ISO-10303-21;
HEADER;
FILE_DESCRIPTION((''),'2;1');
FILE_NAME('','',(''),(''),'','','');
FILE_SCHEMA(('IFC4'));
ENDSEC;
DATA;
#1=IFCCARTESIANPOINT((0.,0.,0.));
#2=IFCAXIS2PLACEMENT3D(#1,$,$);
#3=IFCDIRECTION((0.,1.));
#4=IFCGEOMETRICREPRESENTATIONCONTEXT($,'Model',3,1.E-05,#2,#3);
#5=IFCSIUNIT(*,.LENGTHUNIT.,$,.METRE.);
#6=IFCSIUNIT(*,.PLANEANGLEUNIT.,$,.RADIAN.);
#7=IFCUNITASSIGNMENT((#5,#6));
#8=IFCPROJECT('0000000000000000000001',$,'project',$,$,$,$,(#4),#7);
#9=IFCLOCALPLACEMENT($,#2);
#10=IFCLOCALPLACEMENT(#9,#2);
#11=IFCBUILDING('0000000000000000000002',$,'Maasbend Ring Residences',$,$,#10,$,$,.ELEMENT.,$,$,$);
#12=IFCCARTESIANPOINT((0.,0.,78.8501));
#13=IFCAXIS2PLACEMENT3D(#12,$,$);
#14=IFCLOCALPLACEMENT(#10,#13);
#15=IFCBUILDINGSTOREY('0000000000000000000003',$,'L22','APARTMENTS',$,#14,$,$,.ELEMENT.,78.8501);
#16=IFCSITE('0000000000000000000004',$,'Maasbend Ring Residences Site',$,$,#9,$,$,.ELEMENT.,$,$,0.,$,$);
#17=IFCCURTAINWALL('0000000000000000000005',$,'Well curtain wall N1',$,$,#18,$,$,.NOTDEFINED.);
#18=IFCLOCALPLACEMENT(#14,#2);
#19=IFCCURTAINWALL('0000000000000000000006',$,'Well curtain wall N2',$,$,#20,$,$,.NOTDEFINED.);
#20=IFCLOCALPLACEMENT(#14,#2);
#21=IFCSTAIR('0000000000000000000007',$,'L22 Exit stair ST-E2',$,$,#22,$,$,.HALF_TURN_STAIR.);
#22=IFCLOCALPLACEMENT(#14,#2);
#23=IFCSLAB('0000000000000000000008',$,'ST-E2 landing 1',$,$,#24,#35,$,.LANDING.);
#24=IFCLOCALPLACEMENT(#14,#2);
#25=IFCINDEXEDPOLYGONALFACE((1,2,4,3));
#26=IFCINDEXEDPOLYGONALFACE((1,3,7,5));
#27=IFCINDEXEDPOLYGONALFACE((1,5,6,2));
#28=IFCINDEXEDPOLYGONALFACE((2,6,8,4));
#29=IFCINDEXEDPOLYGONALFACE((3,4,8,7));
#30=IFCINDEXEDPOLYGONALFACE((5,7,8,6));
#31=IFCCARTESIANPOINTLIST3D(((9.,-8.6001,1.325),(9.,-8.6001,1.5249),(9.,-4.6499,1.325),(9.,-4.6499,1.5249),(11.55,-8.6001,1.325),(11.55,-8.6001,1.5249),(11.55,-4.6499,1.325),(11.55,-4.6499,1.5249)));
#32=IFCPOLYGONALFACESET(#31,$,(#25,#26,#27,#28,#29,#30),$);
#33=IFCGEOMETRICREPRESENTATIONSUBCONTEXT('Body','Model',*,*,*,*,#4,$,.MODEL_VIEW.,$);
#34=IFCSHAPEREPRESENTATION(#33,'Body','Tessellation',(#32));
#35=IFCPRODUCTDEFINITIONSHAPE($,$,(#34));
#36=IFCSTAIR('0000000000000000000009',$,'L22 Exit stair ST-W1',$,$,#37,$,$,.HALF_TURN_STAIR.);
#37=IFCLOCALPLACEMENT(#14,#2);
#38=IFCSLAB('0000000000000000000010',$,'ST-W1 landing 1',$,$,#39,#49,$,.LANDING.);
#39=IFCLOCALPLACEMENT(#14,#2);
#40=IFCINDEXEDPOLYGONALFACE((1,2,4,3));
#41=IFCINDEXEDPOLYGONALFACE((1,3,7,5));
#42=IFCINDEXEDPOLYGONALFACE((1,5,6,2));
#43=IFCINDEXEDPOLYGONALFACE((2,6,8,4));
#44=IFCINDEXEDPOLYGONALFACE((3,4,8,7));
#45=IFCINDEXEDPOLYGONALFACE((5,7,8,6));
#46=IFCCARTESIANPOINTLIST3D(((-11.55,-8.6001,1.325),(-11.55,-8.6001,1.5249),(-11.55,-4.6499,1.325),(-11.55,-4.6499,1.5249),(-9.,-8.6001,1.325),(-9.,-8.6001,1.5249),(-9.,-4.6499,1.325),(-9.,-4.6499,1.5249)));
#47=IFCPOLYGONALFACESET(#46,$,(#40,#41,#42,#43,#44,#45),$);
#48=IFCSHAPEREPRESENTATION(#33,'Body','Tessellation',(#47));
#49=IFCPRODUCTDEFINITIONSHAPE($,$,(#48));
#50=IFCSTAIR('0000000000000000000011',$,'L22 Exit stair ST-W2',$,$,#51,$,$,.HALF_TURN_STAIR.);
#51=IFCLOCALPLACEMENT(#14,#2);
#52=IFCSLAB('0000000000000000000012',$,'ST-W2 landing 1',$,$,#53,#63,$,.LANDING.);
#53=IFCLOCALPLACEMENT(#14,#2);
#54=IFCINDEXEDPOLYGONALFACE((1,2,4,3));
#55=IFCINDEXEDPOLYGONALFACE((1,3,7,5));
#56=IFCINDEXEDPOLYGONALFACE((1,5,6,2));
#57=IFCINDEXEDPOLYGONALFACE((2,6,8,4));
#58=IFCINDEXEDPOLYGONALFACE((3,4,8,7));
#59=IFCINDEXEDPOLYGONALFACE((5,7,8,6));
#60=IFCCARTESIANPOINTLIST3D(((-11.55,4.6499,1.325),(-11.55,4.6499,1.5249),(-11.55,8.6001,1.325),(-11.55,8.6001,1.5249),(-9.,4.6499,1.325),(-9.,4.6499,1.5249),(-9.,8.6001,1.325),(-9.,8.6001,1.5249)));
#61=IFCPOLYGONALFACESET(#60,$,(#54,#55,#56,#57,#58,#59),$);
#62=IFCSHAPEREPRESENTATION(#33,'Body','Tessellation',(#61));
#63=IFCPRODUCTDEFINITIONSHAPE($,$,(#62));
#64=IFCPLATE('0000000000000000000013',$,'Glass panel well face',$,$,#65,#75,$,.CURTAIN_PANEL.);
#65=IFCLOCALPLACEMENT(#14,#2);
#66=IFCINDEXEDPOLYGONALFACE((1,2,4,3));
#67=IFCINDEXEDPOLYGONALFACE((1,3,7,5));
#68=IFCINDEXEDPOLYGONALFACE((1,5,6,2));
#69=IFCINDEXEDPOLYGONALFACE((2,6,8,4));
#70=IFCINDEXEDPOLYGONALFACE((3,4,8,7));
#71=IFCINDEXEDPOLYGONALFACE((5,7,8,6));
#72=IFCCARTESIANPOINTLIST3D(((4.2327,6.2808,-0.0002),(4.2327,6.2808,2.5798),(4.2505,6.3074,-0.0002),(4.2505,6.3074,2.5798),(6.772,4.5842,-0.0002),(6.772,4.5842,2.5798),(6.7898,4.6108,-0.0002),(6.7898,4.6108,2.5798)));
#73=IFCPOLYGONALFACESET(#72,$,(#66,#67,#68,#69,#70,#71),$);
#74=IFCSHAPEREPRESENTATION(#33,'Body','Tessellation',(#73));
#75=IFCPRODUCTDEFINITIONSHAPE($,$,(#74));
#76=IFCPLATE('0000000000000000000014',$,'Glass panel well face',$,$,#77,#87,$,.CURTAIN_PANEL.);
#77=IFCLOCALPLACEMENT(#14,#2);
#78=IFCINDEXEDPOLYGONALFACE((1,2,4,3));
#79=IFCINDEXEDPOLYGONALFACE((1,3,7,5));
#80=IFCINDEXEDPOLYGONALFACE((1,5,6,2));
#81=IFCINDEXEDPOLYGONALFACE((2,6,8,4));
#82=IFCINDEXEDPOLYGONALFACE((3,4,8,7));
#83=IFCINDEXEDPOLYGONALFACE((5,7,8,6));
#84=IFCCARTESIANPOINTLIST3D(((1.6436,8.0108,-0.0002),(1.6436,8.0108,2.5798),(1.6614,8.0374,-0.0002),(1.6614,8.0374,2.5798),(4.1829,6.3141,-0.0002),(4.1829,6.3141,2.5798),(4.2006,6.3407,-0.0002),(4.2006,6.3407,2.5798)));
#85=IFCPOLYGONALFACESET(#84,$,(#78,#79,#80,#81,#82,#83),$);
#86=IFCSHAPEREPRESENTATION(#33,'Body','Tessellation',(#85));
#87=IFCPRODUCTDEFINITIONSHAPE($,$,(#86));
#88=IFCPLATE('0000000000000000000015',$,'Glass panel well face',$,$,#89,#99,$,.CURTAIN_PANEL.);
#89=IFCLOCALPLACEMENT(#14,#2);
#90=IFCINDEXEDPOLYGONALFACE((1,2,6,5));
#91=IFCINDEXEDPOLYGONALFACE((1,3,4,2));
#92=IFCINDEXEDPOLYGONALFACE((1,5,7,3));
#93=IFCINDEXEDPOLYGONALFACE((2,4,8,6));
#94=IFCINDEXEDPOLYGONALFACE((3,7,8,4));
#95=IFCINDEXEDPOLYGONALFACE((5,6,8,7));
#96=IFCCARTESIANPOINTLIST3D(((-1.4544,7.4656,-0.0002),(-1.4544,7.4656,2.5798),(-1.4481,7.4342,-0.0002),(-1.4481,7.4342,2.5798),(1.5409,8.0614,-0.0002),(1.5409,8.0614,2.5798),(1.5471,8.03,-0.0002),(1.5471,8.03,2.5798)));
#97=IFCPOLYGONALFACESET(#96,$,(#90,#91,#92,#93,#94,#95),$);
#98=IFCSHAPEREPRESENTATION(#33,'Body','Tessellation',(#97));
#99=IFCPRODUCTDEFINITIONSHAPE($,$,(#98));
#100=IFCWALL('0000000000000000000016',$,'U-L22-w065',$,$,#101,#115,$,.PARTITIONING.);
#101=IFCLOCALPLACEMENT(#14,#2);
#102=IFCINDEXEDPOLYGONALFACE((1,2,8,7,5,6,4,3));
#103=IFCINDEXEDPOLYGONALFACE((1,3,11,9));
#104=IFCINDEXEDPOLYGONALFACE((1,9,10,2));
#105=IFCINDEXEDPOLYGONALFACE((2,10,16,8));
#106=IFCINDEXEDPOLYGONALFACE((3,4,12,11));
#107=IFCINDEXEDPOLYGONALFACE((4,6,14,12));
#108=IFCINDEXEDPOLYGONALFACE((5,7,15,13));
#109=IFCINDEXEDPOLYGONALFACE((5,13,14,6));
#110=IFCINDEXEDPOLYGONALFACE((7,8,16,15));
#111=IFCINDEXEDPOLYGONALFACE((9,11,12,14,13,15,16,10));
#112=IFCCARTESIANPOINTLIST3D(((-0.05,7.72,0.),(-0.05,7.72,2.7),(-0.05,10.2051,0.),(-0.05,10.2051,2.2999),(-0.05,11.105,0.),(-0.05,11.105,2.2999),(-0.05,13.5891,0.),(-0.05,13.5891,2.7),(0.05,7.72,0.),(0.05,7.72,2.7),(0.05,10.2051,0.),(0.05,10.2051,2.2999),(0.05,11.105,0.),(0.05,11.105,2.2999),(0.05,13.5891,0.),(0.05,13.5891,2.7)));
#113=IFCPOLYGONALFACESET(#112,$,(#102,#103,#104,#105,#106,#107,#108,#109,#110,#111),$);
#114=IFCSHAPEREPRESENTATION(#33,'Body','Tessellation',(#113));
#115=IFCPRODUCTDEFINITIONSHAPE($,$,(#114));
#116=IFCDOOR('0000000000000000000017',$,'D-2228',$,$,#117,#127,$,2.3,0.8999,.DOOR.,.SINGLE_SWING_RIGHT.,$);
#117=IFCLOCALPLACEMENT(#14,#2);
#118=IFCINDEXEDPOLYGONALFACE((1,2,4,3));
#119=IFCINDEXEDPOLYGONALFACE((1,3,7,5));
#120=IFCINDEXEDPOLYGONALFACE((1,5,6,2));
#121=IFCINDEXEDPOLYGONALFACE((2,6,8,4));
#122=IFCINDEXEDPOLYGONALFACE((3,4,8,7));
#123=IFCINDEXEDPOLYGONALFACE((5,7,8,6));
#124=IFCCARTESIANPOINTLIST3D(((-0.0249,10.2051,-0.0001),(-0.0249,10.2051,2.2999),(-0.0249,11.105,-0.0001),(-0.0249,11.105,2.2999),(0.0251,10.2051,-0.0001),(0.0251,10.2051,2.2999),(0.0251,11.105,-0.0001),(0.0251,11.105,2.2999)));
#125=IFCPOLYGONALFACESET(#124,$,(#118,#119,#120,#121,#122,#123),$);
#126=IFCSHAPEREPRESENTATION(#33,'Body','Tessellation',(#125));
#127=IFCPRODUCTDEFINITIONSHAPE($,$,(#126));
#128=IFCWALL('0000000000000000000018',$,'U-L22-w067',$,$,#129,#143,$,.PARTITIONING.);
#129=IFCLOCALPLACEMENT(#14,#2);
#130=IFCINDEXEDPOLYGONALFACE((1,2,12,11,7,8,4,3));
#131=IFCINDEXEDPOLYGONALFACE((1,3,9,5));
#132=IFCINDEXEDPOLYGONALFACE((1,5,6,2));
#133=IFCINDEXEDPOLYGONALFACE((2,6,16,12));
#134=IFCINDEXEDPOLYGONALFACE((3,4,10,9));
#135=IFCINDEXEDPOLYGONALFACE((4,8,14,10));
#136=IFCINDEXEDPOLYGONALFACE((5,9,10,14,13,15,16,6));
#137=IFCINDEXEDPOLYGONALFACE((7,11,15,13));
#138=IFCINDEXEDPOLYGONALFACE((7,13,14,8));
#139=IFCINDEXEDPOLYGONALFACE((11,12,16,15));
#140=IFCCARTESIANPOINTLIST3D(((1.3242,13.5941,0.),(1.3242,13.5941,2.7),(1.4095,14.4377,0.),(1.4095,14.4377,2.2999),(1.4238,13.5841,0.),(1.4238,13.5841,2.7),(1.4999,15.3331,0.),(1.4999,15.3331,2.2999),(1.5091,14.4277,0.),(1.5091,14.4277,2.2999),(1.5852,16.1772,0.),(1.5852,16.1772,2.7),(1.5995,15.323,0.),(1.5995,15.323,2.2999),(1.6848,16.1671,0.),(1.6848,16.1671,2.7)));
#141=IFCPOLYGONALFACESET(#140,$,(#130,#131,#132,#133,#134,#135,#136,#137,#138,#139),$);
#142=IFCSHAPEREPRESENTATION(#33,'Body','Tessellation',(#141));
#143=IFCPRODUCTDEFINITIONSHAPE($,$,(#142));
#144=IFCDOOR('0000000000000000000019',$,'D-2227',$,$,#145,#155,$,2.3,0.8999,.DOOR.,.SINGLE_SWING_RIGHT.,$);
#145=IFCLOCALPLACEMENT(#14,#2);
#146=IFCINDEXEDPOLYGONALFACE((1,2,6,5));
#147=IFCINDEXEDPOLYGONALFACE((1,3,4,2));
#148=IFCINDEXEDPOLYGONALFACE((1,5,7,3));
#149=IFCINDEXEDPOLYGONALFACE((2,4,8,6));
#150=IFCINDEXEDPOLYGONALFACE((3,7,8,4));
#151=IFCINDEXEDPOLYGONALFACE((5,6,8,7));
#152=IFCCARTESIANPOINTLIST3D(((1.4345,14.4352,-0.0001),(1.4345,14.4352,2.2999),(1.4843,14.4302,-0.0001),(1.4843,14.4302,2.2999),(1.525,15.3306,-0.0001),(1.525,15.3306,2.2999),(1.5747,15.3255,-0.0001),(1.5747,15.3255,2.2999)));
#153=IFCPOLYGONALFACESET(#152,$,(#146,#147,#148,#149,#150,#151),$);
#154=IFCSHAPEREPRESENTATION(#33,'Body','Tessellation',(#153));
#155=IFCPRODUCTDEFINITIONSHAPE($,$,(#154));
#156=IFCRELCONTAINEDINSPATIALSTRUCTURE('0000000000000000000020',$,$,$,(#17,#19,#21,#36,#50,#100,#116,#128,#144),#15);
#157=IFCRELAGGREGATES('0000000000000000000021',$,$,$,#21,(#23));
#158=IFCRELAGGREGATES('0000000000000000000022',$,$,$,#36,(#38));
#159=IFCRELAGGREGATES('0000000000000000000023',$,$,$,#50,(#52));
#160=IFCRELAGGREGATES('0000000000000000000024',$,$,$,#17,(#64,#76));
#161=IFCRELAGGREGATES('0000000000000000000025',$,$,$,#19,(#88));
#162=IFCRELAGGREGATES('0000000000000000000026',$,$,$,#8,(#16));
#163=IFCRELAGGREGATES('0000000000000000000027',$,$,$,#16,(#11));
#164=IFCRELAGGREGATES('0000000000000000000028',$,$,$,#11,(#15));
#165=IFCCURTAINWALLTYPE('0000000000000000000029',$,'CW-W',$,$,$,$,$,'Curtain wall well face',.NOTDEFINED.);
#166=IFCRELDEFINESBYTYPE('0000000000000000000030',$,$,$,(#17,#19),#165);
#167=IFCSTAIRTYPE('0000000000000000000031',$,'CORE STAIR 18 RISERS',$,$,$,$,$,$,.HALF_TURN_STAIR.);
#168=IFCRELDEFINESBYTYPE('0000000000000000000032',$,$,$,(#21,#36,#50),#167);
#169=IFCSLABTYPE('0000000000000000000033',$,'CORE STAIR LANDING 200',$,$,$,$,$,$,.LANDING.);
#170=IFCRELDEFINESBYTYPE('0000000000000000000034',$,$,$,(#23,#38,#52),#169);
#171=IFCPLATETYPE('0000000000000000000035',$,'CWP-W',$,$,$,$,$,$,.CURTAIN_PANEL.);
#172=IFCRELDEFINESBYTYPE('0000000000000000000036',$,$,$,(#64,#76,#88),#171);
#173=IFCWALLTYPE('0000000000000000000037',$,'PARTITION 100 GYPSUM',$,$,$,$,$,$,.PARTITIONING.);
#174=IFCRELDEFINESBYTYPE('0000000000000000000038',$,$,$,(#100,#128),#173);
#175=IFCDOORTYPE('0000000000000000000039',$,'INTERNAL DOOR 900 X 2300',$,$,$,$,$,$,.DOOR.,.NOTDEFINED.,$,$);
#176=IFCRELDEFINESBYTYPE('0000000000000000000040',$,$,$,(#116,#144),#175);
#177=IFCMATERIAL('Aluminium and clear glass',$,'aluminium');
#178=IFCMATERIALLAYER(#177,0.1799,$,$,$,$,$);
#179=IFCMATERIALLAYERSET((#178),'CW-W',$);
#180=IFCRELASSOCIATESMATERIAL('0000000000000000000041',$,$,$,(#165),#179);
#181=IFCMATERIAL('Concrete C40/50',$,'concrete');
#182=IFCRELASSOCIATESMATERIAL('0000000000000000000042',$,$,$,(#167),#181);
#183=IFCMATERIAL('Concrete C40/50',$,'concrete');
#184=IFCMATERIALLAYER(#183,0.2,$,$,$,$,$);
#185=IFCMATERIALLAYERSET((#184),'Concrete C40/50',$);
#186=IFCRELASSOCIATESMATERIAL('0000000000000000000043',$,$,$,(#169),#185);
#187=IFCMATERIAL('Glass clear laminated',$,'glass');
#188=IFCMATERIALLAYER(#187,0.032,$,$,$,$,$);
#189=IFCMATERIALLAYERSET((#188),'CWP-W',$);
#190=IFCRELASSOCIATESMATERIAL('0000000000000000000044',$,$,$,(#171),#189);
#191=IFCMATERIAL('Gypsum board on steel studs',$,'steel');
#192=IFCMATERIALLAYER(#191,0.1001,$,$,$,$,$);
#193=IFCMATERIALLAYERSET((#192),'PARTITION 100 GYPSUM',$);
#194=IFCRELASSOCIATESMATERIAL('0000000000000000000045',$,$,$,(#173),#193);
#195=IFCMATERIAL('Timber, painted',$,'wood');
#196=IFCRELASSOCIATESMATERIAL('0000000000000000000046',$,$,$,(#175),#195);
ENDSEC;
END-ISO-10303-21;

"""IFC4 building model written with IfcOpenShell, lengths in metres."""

from ifc_helpers import new_model, si_unit, direction, frame, frame_2d, origin, origin_2d, place, context, subcontext, project, spatial, polyline, rectangle, outline, extrude, material, layer, layer_set, type_object, element, fill, aggregate, save


model = new_model("IFC4")

# Units and contexts
model_context = context("Model", 3, precision=1e-05, world=origin(), true_north=direction((0.0, 1.0)))
body_context = subcontext(model_context, "Body", "Model", "MODEL_VIEW")
ifc_project = project(units=[si_unit("LENGTHUNIT", "METRE"), si_unit("PLANEANGLEUNIT", "RADIAN")], contexts=[model_context])

# Site, building, storey
site_placement = place(None, origin())
site = spatial("IfcSite", under=ifc_project, at=site_placement, Name="Maasbend Ring Residences Site", CompositionType="ELEMENT", RefElevation=0.0)
building_placement = place(site_placement, origin())
building = spatial("IfcBuilding", under=site, at=building_placement, Name="Maasbend Ring Residences", CompositionType="ELEMENT")
storey_placement = place(building_placement, frame((0.0, 0.0, 78.8501)))
storey = spatial("IfcBuildingStorey", under=building, at=storey_placement, Name="L22", Description="APARTMENTS", CompositionType="ELEMENT", Elevation=78.8501)

# Curtain wall
ifc_material_1 = material(Name="Aluminium and clear glass", Category="aluminium")
ifc_layer_1 = layer(ifc_material_1, 0.1799)
ifc_layer_set_1 = layer_set([ifc_layer_1], Name="CW-W")
curtain_wall_type = type_object("IfcCurtainWallType", Name="CW-W", ElementType="Curtain wall well face", PredefinedType="NOTDEFINED", material=ifc_layer_set_1)
curtain_wall_1_placement = place(storey_placement, origin())
curtain_wall_1 = element("IfcCurtainWall", 1, at=curtain_wall_1_placement, inside=storey, type_object=curtain_wall_type, Name="Well curtain wall N1", PredefinedType="NOTDEFINED")

# Curtain wall
curtain_wall_2_placement = place(storey_placement, origin())
curtain_wall_2 = element("IfcCurtainWall", 2, at=curtain_wall_2_placement, inside=storey, type_object=curtain_wall_type, Name="Well curtain wall N2", PredefinedType="NOTDEFINED")

# Stairs, slabs
ifc_material_2 = material(Name="Concrete C40/50", Category="concrete")
stair_type = type_object("IfcStairType", Name="CORE STAIR 18 RISERS", PredefinedType="HALF_TURN_STAIR", material=ifc_material_2)
ifc_material_3 = material(Name="Concrete C40/50", Category="concrete")
ifc_layer_2 = layer(ifc_material_3, 0.2)
ifc_layer_set_2 = layer_set([ifc_layer_2], Name="Concrete C40/50")
slab_type = type_object("IfcSlabType", Name="CORE STAIR LANDING 200", PredefinedType="LANDING", material=ifc_layer_set_2)
stair_1_placement = place(storey_placement, origin())
stair_1 = element("IfcStair", 3, at=stair_1_placement, inside=storey, type_object=stair_type, Name="L22 Exit stair ST-E2", PredefinedType="HALF_TURN_STAIR")
slab_1_placement = place(storey_placement, frame((0.0, 0.0, 1.325)))
slab_1 = element("IfcSlab", 4, at=slab_1_placement, type_object=slab_type, Name="ST-E2 landing 1", PredefinedType="LANDING", context=body_context, shape_type="SweptSolid", body=[
    extrude(outline(polyline([(11.55, -4.6499), (9.0, -4.6499), (9.0, -8.6001), (11.55, -8.6001), (11.55, -4.6499)])), origin(), (0.0, 0.0, 1.0), 0.2),
])
aggregate(stair_1, [slab_1])
stair_2_placement = place(storey_placement, origin())
stair_2 = element("IfcStair", 5, at=stair_2_placement, inside=storey, type_object=stair_type, Name="L22 Exit stair ST-W1", PredefinedType="HALF_TURN_STAIR")
slab_2_placement = place(storey_placement, frame((0.0, 0.0, 1.325)))
slab_2 = element("IfcSlab", 6, at=slab_2_placement, type_object=slab_type, Name="ST-W1 landing 1", PredefinedType="LANDING", context=body_context, shape_type="SweptSolid", body=[
    extrude(outline(polyline([(-11.55, -8.6001), (-9.0, -8.6001), (-9.0, -4.6499), (-11.55, -4.6499), (-11.55, -8.6001)])), origin(), (0.0, 0.0, 1.0), 0.2),
])
aggregate(stair_2, [slab_2])
stair_3_placement = place(storey_placement, origin())
stair_3 = element("IfcStair", 7, at=stair_3_placement, inside=storey, type_object=stair_type, Name="L22 Exit stair ST-W2", PredefinedType="HALF_TURN_STAIR")
slab_3_placement = place(storey_placement, frame((0.0, 0.0, 1.325)))
slab_3 = element("IfcSlab", 8, at=slab_3_placement, type_object=slab_type, Name="ST-W2 landing 1", PredefinedType="LANDING", context=body_context, shape_type="SweptSolid", body=[
    extrude(outline(polyline([(-11.55, 4.6499), (-9.0, 4.6499), (-9.0, 8.6001), (-11.55, 8.6001), (-11.55, 4.6499)])), origin(), (0.0, 0.0, 1.0), 0.2),
])
aggregate(stair_3, [slab_3])

# Plates
ifc_material_4 = material(Name="Glass clear laminated", Category="glass")
ifc_layer_3 = layer(ifc_material_4, 0.032)
ifc_layer_set_3 = layer_set([ifc_layer_3], Name="CWP-W")
plate_type = type_object("IfcPlateType", Name="CWP-W", PredefinedType="CURTAIN_PANEL", material=ifc_layer_set_3)
plate_1_placement = place(storey_placement, frame((5.5112, 5.4458, -0.0002), z_axis=(0.0, 0.0, 1.0), x_axis=(-0.83147, 0.55557, 0.0)))
plate_1 = element("IfcPlate", 9, at=plate_1_placement, type_object=plate_type, Name="Glass panel well face", PredefinedType="CURTAIN_PANEL", context=body_context, shape_type="SweptSolid", body=[
    extrude(rectangle(XDim=3.054, YDim=0.032, at=origin_2d()), origin(), (0.0, 0.0, 1.0), 2.5801),
])
plate_2_placement = place(storey_placement, frame((2.9221, 7.1758, -0.0002), z_axis=(0.0, 0.0, 1.0), x_axis=(-0.83147, 0.55557, 0.0)))
plate_2 = element("IfcPlate", 10, at=plate_2_placement, type_object=plate_type, Name="Glass panel well face", PredefinedType="CURTAIN_PANEL", context=body_context, shape_type="SweptSolid", body=[
    extrude(rectangle(XDim=3.054, YDim=0.032, at=origin_2d()), origin(), (0.0, 0.0, 1.0), 2.5801),
])
aggregate(curtain_wall_1, [plate_1, plate_2])
plate_3_placement = place(storey_placement, frame((0.0464, 7.7478, -0.0002), z_axis=(0.0, 0.0, 1.0), x_axis=(-0.980785, -0.19509, 0.0)))
plate_3 = element("IfcPlate", 11, at=plate_3_placement, type_object=plate_type, Name="Glass panel well face", PredefinedType="CURTAIN_PANEL", context=body_context, shape_type="SweptSolid", body=[
    extrude(rectangle(XDim=3.054, YDim=0.032, at=origin_2d()), origin(), (0.0, 0.0, 1.0), 2.5801),
])
aggregate(curtain_wall_2, [plate_3])

# Walls, openings, doors
ifc_material_5 = material(Name="Gypsum board on steel studs", Category="steel")
ifc_layer_4 = layer(ifc_material_5, 0.1001)
ifc_layer_set_4 = layer_set([ifc_layer_4], Name="PARTITION 100 GYPSUM")
wall_type_1 = type_object("IfcWallType", Name="PARTITION 100 GYPSUM", PredefinedType="PARTITIONING", material=ifc_layer_set_4)
wall_1_placement = place(storey_placement, frame((0.0, 7.72, 0.0), z_axis=(0.0, 0.0, 1.0), x_axis=(0.0, 1.0, 0.0)))
wall_1 = element("IfcWall", 12, at=wall_1_placement, inside=storey, type_object=wall_type_1, Name="U-L22-w065", PredefinedType="PARTITIONING", context=body_context, shape_type="SweptSolid", body=[
    extrude(rectangle(XDim=5.8691, YDim=0.1001, at=frame_2d((2.9346, 0.0))), origin(), (0.0, 0.0, 1.0), 2.7),
])
opening_1_placement = place(wall_1_placement, frame((2.4851, 0.0, 0.0)))
opening_1 = element("IfcOpeningElement", 13, at=opening_1_placement, cuts=wall_1, PredefinedType="OPENING", context=body_context, shape_type="SweptSolid", body=[
    extrude(rectangle(XDim=0.8999, YDim=2.3, at=frame_2d((0.45, 1.1499))), frame((0.0, 0.0601, 0.0), z_axis=(0.0, -1.0, 0.0), x_axis=(1.0, 0.0, 0.0)), (0.0, 0.0, 1.0), 0.1201),
])
ifc_material_6 = material(Name="Timber, painted", Category="wood")
door_type = type_object("IfcDoorType", Name="INTERNAL DOOR 900 X 2300", OperationType="NOTDEFINED", PredefinedType="DOOR", material=ifc_material_6)
door_1_placement = place(opening_1_placement, origin())
door_1 = element("IfcDoor", 14, at=door_1_placement, inside=storey, type_object=door_type, Name="D-2228", OperationType="SINGLE_SWING_RIGHT", OverallHeight=2.3, OverallWidth=0.8999, PredefinedType="DOOR", context=body_context, shape_type="SweptSolid", body=[
    extrude(rectangle(XDim=0.8999, YDim=2.3, at=frame_2d((0.45, 1.1499))), frame((0.0, 0.0249, 0.0), z_axis=(0.0, -1.0, 0.0), x_axis=(1.0, 0.0, 0.0)), (0.0, 0.0, 1.0), 0.05),
])
fill(opening_1, door_1)
wall_2_placement = place(storey_placement, frame((1.374, 13.5891, 0.0), z_axis=(0.0, 0.0, 1.0), x_axis=(0.100528, 0.994934, 0.0)))
wall_2 = element("IfcWall", 15, at=wall_2_placement, inside=storey, type_object=wall_type_1, Name="U-L22-w067", PredefinedType="PARTITIONING", context=body_context, shape_type="SweptSolid", body=[
    extrude(rectangle(XDim=2.5962, YDim=0.1001, at=frame_2d((1.2981, 0.0))), origin(), (0.0, 0.0, 1.0), 2.7),
])
opening_2_placement = place(wall_2_placement, frame((0.8479, 0.0, 0.0)))
opening_2 = element("IfcOpeningElement", 16, at=opening_2_placement, cuts=wall_2, PredefinedType="OPENING", context=body_context, shape_type="SweptSolid", body=[
    extrude(rectangle(XDim=0.8999, YDim=2.3, at=frame_2d((0.45, 1.1499))), frame((0.0, 0.0601, 0.0), z_axis=(0.0, -1.0, 0.0), x_axis=(1.0, 0.0, 0.0)), (0.0, 0.0, 1.0), 0.1201),
])
door_2_placement = place(opening_2_placement, origin())
door_2 = element("IfcDoor", 17, at=door_2_placement, inside=storey, type_object=door_type, Name="D-2227", OperationType="SINGLE_SWING_RIGHT", OverallHeight=2.3, OverallWidth=0.8999, PredefinedType="DOOR", context=body_context, shape_type="SweptSolid", body=[
    extrude(rectangle(XDim=0.8999, YDim=2.3, at=frame_2d((0.45, 1.1499))), frame((0.0, 0.0249, 0.0), z_axis=(0.0, -1.0, 0.0), x_axis=(1.0, 0.0, 0.0)), (0.0, 0.0, 1.0), 0.05),
])
fill(opening_2, door_2)

save(model, "model.ifc")
